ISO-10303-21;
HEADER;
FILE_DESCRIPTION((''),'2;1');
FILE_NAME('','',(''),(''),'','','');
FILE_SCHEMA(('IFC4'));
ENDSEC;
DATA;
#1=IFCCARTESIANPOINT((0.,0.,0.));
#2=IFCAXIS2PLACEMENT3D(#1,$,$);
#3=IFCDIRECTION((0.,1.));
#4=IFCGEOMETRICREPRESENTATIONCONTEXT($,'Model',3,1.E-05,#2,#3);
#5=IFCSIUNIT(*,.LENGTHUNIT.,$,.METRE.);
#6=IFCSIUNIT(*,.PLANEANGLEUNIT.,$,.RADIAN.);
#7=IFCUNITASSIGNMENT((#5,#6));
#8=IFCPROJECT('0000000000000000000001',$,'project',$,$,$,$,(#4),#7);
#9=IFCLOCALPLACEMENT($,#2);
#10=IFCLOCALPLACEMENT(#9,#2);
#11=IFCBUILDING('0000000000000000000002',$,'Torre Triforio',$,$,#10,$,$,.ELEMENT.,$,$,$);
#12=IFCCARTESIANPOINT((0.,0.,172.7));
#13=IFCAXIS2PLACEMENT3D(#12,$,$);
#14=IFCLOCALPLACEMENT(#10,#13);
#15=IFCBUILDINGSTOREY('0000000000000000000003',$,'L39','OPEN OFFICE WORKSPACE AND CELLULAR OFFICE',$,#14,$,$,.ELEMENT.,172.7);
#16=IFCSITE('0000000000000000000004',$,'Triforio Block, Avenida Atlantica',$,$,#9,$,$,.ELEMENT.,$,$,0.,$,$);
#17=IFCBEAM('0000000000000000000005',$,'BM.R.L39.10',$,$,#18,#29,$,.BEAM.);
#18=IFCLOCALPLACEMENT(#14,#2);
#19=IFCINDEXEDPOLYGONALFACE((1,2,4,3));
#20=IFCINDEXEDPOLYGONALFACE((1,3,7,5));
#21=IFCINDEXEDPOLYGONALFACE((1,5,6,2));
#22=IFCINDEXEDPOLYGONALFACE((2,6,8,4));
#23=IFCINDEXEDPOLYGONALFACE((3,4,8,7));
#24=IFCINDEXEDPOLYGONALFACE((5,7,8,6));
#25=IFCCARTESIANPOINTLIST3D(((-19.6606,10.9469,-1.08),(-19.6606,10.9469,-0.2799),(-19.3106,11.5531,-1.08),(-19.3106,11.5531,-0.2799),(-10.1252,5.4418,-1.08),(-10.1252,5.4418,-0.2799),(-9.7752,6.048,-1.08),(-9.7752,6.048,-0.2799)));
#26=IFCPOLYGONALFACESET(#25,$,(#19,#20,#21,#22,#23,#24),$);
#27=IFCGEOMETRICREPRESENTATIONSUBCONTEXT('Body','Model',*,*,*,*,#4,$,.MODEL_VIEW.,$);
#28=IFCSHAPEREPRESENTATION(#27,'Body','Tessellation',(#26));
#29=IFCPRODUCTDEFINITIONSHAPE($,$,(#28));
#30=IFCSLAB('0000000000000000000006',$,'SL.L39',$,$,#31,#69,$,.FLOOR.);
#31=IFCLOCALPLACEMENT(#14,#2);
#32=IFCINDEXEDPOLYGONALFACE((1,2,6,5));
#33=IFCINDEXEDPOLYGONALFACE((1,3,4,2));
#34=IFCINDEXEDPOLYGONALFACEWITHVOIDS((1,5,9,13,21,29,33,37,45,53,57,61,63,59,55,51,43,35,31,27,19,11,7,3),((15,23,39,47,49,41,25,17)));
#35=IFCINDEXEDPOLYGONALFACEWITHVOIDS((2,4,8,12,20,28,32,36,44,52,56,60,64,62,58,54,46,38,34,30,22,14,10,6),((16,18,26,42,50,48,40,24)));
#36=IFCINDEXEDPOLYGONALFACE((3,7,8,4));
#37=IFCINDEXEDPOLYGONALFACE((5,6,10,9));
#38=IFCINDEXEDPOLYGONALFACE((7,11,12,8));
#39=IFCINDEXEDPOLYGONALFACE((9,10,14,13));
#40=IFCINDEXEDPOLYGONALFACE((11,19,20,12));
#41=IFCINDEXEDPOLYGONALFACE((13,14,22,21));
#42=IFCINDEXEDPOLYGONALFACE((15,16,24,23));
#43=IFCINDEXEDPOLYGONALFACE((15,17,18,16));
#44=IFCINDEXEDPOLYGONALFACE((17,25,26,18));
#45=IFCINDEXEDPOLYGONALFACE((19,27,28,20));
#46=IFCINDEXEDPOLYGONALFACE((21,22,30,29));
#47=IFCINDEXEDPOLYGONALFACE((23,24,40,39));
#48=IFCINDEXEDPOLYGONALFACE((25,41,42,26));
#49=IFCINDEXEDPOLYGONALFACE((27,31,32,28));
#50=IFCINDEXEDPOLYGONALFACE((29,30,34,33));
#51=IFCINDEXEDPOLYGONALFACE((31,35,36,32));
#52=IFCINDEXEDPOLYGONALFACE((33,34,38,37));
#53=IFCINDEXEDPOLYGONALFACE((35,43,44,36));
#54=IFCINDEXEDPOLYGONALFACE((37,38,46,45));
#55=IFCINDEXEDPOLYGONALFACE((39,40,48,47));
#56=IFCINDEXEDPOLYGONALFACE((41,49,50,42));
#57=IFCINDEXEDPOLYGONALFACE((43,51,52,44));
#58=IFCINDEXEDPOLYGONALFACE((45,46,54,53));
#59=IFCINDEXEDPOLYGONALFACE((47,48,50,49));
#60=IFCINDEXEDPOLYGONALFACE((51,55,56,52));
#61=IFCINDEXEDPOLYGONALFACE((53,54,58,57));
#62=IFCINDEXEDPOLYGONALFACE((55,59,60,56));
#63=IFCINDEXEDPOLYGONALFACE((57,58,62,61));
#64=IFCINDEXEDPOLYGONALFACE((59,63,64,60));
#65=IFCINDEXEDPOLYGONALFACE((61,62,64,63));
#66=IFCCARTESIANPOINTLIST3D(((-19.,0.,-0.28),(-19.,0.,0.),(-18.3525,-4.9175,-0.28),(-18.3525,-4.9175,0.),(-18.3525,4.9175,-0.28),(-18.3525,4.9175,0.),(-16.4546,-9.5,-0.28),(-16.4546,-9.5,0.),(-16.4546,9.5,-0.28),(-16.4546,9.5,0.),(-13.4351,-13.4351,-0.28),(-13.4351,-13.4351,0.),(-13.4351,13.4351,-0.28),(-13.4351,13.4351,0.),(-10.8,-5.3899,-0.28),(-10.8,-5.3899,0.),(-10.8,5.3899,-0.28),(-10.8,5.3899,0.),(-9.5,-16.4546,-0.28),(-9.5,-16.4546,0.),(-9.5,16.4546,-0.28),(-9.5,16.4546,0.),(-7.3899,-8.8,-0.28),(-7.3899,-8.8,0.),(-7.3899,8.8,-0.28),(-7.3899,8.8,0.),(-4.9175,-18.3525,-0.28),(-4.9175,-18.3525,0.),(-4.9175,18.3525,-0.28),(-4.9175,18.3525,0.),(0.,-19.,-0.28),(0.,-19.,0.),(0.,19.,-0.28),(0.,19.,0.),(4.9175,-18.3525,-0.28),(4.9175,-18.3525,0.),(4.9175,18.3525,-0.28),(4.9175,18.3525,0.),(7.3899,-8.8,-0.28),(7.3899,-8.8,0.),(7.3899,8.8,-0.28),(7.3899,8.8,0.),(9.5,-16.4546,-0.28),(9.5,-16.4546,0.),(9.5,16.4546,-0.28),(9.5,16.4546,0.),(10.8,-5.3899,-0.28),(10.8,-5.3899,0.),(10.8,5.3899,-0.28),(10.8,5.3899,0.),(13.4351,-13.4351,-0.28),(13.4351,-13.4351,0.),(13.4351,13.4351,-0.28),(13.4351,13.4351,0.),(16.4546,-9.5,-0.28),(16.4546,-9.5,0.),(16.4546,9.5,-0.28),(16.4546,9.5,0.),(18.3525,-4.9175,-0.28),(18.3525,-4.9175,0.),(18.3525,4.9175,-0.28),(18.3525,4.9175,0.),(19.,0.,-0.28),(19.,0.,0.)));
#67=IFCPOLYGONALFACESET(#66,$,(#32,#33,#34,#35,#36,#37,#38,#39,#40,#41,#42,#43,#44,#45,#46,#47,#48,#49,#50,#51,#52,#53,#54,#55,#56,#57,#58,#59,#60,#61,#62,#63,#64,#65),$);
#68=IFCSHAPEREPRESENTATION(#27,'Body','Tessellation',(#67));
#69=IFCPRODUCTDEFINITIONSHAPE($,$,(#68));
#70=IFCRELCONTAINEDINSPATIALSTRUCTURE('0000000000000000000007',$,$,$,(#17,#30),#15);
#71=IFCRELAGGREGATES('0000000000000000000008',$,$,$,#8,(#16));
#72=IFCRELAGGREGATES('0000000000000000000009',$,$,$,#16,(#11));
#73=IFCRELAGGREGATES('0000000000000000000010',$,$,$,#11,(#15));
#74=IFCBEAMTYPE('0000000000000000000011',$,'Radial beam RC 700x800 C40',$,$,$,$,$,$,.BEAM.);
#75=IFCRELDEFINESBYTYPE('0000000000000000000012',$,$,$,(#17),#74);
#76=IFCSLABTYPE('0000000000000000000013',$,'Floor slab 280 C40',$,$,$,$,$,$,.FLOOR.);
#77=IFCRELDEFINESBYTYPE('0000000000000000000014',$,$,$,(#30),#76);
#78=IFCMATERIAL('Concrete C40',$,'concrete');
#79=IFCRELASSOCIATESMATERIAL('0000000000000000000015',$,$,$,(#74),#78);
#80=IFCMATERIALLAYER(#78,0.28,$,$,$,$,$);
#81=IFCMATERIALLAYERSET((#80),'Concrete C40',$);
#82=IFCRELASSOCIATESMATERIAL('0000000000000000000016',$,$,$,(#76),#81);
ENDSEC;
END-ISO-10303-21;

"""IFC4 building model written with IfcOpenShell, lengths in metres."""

from ifc_helpers import new_model, si_unit, direction, frame, origin, origin_2d, place, context, subcontext, project, spatial, polyline, rectangle, outline, extrude, material, layer, layer_set, material_profile, profile_set, type_object, element, save


model = new_model("IFC4")

# Units and contexts
model_context = context("Model", 3, precision=1e-05, world=origin(), true_north=direction((0.0, 1.0)))
body_context = subcontext(model_context, "Body", "Model", "MODEL_VIEW")
ifc_project = project(units=[si_unit("LENGTHUNIT", "METRE"), si_unit("PLANEANGLEUNIT", "RADIAN")], contexts=[model_context])

# Site, building, storey
site_placement = place(None, origin())
site = spatial("IfcSite", under=ifc_project, at=site_placement, Name="Triforio Block, Avenida Atlantica", CompositionType="ELEMENT", RefElevation=0.0)
building_placement = place(site_placement, origin())
building = spatial("IfcBuilding", under=site, at=building_placement, Name="Torre Triforio", CompositionType="ELEMENT")
storey_placement = place(building_placement, frame((0.0, 0.0, 172.7)))
storey = spatial("IfcBuildingStorey", under=building, at=storey_placement, Name="L39", Description="OPEN OFFICE WORKSPACE AND CELLULAR OFFICE", CompositionType="ELEMENT", Elevation=172.7)

# Beam
ifc_material_1 = material(Name="Concrete C40", Category="concrete")
ifc_material_profile = material_profile(ifc_material_1, rectangle(XDim=0.7, YDim=0.8, at=origin_2d()), Name="RC 700x800")
ifc_profile_set = profile_set([ifc_material_profile], Name="Concrete C40")
beam_type = type_object("IfcBeamType", Name="Radial beam RC 700x800 C40", PredefinedType="BEAM", material=ifc_profile_set)
beam_placement = place(storey_placement, frame((-9.9502, 5.7449, -0.6799), z_axis=(-0.866031, 0.499991, 0.0), x_axis=(-0.499991, -0.866031, 0.0)))
element("IfcBeam", 1, at=beam_placement, inside=storey, type_object=beam_type, Name="BM.R.L39.10", PredefinedType="BEAM", context=body_context, shape_type="SweptSolid", body=[
    extrude(rectangle(XDim=0.7, YDim=0.8, at=origin_2d()), origin(), (0.0, 0.0, 1.0), 11.0105),
])

# Slab
ifc_layer_1 = layer(ifc_material_1, 0.28)
ifc_layer_set_1 = layer_set([ifc_layer_1], Name="Concrete C40")
slab_type_1 = type_object("IfcSlabType", Name="Floor slab 280 C40", PredefinedType="FLOOR", material=ifc_layer_set_1)
slab_1_placement = place(storey_placement, frame((0.0, 0.0, -0.28)))
element("IfcSlab", 2, at=slab_1_placement, inside=storey, type_object=slab_type_1, Name="SL.L39", PredefinedType="FLOOR", context=body_context, shape_type="SweptSolid", body=[
    extrude(outline(polyline([(16.4546, -9.5), (18.3525, -4.9175), (19.0, 0.0), (18.3525, 4.9175), (16.4546, 9.5), (13.4351, 13.4351), (9.5, 16.4546), (4.9175, 18.3525), (0.0, 19.0), (-4.9175, 18.3525), (-9.5, 16.4546), (-13.4351, 13.4351), (-16.4546, 9.5), (-18.3525, 4.9175), (-19.0, 0.0), (-18.3525, -4.9175), (-16.4546, -9.5), (-13.4351, -13.4351), (-9.5, -16.4546), (-4.9175, -18.3525), (0.0, -19.0), (4.9175, -18.3525), (9.5, -16.4546), (13.4351, -13.4351), (16.4546, -9.5)]), holes=[polyline([(10.8, 5.3899), (10.8, -5.3899), (7.3899, -8.8), (-7.3899, -8.8), (-10.8, -5.3899), (-10.8, 5.3899), (-7.3899, 8.8), (7.3899, 8.8), (10.8, 5.3899)])]), origin(), (0.0, 0.0, 1.0), 0.28),
])

save(model, "model.ifc")
